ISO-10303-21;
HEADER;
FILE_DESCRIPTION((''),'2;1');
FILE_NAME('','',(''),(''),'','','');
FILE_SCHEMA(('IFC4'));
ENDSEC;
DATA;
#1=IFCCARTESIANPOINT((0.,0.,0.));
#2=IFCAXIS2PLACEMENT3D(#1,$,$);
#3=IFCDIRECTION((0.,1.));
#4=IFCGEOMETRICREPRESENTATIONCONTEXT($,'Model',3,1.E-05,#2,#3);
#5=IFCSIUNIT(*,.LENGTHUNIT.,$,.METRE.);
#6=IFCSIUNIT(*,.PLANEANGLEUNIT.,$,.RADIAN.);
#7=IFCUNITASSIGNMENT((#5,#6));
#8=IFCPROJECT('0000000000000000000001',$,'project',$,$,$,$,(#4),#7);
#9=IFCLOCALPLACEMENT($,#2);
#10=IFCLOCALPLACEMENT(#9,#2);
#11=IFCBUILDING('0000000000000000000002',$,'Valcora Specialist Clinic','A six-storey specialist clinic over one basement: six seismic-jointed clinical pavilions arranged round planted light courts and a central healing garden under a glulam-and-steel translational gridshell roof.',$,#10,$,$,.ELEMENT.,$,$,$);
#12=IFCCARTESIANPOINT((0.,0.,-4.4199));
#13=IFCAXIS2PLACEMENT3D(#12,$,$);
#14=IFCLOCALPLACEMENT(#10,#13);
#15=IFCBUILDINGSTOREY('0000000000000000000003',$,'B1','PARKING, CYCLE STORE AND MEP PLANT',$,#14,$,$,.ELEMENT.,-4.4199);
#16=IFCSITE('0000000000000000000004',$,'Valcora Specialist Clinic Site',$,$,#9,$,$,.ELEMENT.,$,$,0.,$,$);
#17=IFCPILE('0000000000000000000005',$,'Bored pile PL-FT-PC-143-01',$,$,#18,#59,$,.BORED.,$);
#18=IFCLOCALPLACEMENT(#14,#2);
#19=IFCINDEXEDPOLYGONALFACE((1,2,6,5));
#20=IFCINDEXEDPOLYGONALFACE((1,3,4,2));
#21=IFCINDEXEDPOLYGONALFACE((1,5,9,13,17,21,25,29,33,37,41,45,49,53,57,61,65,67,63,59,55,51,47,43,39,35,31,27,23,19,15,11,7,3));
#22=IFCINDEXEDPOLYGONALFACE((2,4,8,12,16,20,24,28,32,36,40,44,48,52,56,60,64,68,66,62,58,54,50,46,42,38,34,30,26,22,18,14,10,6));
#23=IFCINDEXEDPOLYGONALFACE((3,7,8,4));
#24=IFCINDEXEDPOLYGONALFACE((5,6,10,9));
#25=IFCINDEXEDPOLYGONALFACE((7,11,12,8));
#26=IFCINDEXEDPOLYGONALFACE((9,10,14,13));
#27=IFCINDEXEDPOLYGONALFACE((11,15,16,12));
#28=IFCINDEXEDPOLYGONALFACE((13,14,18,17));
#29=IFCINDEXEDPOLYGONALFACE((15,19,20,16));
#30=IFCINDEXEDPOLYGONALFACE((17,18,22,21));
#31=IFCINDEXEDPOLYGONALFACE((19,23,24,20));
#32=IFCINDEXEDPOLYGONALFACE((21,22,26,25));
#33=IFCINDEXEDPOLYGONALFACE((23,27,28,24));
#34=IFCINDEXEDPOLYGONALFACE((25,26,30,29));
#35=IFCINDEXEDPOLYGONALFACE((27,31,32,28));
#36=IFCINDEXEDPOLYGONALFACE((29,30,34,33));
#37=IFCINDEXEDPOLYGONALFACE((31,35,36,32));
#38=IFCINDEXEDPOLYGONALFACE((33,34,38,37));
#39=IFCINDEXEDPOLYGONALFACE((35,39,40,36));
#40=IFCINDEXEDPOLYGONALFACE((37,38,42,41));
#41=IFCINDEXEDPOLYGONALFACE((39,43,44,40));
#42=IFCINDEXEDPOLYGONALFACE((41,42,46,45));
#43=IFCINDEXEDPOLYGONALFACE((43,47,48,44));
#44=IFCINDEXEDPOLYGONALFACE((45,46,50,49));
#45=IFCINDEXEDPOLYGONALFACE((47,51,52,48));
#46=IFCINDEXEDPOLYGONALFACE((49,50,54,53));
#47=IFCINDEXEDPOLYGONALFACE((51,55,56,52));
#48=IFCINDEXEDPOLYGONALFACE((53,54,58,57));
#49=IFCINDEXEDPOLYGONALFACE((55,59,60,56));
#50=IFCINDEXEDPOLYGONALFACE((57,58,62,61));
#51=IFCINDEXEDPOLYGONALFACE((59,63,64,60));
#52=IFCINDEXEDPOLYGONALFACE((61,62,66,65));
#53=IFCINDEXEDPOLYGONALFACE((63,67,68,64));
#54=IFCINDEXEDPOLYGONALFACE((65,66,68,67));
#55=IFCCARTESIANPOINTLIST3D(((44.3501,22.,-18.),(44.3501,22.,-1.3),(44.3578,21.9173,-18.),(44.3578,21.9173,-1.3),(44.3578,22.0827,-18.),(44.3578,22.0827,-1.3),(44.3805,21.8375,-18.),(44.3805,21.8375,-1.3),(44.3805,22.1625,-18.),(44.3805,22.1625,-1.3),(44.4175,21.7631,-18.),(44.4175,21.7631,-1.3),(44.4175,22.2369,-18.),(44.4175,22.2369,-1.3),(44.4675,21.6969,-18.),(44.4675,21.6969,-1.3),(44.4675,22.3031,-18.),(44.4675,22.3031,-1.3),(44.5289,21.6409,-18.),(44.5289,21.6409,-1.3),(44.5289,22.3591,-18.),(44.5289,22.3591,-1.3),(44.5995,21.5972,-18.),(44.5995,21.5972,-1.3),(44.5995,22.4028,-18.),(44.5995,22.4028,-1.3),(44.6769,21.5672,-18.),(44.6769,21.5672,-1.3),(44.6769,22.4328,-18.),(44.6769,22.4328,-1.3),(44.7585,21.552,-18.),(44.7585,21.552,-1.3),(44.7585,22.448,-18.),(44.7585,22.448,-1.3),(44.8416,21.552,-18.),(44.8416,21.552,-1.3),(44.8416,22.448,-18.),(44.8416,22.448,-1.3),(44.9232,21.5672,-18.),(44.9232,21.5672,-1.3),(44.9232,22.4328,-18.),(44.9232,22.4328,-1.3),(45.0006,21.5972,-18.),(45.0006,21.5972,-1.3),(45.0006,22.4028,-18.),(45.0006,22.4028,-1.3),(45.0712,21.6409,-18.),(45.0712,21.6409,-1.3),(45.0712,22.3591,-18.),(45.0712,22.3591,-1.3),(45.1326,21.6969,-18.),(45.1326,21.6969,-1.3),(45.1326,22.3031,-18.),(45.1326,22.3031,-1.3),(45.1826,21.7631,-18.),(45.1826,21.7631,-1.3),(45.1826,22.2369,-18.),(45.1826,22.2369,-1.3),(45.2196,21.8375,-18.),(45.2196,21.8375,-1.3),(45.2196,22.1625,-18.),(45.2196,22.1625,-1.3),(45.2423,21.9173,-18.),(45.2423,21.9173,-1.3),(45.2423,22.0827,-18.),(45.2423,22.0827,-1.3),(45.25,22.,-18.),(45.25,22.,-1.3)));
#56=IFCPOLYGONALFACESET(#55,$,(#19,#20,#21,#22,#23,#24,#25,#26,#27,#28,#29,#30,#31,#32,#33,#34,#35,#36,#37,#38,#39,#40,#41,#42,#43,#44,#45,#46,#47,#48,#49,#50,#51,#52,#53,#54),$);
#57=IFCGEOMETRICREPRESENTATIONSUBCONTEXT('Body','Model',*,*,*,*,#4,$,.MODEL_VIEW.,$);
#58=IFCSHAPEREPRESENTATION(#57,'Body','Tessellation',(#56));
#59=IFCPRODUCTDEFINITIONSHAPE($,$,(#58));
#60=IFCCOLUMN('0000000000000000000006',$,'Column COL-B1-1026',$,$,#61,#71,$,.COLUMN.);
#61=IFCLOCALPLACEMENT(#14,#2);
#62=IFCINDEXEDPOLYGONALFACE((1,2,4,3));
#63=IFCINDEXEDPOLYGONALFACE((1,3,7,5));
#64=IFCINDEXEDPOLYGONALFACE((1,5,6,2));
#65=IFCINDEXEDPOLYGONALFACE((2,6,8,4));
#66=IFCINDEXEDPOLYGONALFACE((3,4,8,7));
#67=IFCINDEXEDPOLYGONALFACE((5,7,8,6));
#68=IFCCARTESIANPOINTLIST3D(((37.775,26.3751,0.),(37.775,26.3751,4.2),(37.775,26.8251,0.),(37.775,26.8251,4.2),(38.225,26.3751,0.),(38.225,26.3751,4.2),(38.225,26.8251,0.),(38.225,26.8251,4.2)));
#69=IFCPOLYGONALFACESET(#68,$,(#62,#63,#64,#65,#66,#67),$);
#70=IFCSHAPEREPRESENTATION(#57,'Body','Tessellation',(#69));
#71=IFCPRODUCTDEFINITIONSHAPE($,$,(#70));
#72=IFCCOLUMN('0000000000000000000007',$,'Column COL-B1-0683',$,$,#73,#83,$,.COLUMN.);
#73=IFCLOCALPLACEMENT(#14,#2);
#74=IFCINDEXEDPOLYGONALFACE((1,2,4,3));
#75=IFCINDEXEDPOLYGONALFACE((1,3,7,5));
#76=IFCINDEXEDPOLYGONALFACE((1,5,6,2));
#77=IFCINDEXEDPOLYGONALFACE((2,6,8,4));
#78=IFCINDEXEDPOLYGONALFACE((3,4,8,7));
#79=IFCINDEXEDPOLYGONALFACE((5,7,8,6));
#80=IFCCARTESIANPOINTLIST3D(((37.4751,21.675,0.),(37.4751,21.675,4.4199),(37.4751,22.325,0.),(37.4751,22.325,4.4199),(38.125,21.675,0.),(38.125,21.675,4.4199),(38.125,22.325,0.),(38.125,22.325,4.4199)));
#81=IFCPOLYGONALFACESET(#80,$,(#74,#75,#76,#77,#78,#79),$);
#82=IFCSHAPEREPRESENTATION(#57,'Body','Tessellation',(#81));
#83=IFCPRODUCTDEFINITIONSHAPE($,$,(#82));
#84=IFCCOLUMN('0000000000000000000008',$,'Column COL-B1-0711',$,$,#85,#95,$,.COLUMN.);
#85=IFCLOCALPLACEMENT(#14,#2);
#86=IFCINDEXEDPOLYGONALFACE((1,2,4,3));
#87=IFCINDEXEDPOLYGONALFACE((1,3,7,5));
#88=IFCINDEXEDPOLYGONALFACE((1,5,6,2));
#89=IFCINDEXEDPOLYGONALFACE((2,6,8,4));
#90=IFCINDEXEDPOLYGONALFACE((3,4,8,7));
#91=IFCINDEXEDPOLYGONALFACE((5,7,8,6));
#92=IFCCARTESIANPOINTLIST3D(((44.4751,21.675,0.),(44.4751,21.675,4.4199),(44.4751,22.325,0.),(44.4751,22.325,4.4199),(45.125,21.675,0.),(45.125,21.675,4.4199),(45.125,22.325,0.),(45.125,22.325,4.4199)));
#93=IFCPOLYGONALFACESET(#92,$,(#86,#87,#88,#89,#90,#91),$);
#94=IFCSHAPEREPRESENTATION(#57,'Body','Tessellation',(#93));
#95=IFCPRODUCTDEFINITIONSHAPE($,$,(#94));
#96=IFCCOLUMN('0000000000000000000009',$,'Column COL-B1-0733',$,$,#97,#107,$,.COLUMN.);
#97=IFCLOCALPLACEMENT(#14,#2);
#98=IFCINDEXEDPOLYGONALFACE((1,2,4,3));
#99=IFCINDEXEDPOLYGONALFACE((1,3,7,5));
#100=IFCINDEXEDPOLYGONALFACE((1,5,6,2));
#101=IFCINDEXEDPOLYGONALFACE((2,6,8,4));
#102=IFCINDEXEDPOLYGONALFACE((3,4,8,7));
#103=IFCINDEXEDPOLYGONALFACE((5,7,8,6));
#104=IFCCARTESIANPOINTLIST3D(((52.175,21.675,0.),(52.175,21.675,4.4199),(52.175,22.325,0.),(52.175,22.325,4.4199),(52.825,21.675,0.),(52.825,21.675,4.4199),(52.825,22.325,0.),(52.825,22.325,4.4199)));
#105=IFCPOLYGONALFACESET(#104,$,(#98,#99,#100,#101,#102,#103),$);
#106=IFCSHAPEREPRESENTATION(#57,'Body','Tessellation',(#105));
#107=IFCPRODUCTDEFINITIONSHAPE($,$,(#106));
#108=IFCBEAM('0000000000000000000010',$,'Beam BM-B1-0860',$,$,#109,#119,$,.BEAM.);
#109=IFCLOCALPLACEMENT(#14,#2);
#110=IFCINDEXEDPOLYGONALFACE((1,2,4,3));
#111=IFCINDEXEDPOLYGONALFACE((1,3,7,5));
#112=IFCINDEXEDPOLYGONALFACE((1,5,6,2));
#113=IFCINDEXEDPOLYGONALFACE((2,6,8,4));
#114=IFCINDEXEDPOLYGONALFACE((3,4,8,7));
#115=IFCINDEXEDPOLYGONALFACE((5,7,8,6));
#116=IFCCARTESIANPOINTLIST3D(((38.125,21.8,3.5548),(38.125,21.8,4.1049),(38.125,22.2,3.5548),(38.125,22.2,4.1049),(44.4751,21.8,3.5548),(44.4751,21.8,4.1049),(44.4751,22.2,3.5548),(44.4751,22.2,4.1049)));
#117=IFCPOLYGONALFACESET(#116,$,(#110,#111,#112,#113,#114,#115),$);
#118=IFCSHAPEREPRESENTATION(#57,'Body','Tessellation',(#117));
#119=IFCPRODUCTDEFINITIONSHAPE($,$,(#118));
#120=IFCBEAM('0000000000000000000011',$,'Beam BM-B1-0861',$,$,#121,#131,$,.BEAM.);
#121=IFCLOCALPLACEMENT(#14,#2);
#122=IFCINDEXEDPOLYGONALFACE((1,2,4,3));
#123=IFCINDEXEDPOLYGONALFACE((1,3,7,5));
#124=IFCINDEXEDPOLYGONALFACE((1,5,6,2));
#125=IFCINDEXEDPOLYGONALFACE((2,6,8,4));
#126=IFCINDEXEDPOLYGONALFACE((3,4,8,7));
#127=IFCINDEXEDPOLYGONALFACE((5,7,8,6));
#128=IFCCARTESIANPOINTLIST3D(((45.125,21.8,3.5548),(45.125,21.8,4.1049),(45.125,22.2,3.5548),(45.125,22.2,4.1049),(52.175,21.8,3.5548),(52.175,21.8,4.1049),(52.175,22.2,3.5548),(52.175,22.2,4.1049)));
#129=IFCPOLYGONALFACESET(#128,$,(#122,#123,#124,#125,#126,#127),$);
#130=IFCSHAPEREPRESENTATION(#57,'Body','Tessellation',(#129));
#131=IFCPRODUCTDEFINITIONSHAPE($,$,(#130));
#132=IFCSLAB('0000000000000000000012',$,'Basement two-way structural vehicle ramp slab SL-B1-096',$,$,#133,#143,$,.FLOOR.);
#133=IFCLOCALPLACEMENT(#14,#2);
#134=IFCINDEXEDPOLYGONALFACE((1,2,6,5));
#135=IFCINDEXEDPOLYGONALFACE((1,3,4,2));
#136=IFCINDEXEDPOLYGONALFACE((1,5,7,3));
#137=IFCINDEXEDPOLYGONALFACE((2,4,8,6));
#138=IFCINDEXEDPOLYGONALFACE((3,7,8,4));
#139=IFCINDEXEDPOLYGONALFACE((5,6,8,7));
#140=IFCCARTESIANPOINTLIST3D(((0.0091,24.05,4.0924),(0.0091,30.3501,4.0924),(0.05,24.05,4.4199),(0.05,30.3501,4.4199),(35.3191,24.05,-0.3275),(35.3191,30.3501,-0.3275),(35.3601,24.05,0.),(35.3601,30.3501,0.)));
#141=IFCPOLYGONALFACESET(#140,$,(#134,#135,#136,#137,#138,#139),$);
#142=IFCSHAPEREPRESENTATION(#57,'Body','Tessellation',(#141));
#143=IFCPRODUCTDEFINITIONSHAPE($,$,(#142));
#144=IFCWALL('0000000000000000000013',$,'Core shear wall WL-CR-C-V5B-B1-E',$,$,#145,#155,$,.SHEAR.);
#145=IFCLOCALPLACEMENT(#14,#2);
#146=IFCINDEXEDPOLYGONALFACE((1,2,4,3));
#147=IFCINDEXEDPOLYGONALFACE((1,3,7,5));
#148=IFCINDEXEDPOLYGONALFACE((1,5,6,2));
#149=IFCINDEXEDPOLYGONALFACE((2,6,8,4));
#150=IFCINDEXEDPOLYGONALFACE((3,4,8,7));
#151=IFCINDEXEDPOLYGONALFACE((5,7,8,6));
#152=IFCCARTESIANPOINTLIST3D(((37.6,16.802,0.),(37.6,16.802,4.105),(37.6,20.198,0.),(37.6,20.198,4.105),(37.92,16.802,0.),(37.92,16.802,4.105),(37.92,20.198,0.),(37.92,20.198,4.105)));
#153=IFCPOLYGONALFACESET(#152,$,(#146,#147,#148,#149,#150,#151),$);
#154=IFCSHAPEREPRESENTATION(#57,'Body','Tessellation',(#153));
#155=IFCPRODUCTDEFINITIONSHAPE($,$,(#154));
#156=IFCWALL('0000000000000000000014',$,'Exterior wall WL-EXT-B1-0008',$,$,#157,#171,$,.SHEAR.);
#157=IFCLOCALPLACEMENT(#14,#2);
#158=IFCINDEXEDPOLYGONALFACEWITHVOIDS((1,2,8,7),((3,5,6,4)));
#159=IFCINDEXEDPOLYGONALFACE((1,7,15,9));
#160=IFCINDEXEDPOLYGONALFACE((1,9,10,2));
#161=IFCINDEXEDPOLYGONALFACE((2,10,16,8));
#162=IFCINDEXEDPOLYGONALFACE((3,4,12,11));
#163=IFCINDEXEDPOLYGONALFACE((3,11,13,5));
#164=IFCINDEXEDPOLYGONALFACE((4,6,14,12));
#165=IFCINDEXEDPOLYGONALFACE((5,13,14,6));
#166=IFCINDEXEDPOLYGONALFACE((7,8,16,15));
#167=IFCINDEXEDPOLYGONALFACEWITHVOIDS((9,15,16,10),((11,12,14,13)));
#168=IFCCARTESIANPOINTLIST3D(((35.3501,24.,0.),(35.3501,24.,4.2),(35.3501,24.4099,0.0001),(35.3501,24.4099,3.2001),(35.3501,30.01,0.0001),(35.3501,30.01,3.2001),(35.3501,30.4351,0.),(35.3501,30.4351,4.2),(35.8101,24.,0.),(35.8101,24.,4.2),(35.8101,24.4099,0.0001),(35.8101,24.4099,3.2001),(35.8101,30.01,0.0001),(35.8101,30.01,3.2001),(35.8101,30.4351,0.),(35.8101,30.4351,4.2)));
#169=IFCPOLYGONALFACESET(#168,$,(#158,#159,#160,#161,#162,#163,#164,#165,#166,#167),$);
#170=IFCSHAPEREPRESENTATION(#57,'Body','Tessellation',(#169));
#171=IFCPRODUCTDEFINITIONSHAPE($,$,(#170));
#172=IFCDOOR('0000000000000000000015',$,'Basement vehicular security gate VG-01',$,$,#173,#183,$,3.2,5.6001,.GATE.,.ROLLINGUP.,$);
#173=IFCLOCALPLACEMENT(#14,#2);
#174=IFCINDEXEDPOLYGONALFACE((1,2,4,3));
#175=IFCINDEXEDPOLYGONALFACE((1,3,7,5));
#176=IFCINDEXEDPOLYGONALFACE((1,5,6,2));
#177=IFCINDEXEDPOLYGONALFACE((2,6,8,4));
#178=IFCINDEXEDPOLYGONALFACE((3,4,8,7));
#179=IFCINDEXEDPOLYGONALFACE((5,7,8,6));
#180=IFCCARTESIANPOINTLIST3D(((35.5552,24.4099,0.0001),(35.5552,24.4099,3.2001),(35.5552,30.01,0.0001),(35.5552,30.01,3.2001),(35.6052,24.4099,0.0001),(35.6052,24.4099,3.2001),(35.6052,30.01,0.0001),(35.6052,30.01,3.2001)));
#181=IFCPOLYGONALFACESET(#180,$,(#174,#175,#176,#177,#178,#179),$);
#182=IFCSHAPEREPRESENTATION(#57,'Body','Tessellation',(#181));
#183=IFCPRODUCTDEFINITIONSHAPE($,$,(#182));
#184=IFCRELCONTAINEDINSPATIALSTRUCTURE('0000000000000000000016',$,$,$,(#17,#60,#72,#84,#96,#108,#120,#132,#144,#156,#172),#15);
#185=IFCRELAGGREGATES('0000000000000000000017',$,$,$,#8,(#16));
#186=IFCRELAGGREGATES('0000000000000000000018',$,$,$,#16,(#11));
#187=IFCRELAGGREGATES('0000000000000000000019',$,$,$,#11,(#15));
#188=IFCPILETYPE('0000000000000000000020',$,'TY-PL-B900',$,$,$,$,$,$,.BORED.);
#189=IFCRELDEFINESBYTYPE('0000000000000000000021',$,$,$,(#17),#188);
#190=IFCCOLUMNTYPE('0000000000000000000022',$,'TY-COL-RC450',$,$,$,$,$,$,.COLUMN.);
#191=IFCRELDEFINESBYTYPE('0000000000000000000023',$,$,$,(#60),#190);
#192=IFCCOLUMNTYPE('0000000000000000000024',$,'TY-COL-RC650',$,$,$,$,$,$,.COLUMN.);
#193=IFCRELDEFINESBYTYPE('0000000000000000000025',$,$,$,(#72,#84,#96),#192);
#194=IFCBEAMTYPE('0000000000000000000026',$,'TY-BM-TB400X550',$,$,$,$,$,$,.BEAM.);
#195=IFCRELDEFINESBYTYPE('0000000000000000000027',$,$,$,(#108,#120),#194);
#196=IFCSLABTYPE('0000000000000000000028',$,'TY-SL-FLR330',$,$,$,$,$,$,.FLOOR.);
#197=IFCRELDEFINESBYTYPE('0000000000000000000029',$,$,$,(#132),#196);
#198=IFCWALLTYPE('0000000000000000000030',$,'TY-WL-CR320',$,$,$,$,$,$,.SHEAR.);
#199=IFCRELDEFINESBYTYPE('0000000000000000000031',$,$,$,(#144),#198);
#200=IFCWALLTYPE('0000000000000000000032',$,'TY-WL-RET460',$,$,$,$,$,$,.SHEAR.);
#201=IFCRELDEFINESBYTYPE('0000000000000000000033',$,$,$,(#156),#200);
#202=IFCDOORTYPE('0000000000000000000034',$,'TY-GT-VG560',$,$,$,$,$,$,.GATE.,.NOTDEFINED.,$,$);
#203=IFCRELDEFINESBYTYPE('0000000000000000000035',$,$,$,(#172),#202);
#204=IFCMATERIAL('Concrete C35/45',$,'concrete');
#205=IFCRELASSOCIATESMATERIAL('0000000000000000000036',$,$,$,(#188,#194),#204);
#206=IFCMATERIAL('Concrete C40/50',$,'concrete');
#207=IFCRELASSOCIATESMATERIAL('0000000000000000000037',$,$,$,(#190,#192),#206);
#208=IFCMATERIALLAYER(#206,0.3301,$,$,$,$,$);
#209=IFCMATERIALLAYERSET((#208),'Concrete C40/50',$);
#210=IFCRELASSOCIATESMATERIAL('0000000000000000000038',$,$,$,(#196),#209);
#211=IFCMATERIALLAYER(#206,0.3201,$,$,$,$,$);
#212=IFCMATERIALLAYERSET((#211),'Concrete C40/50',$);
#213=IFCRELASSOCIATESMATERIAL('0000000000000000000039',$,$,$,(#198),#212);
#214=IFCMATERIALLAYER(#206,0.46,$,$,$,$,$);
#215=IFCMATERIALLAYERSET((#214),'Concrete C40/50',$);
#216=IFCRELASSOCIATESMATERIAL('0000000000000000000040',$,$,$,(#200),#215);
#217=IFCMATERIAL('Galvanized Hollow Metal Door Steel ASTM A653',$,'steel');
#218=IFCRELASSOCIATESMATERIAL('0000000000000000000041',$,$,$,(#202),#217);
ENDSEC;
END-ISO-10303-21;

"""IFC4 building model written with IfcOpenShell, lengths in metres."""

from ifc_helpers import new_model, si_unit, direction, frame, frame_2d, origin, origin_2d, place, context, subcontext, project, spatial, polyline, rectangle, circle, outline, extrude, material, layer, layer_set, material_profile, profile_set, type_object, element, fill, save


model = new_model("IFC4")

# Units and contexts
model_context = context("Model", 3, precision=1e-05, world=origin(), true_north=direction((0.0, 1.0)))
body_context = subcontext(model_context, "Body", "Model", "MODEL_VIEW")
ifc_project = project(units=[si_unit("LENGTHUNIT", "METRE"), si_unit("PLANEANGLEUNIT", "RADIAN")], contexts=[model_context])

# Site, building, storey
site_placement = place(None, origin())
site = spatial("IfcSite", under=ifc_project, at=site_placement, Name="Valcora Specialist Clinic Site", CompositionType="ELEMENT", RefElevation=0.0)
building_placement = place(site_placement, origin())
building = spatial("IfcBuilding", under=site, at=building_placement, Name="Valcora Specialist Clinic", Description="A six-storey specialist clinic over one basement: six seismic-jointed clinical pavilions arranged round planted light courts and a central healing garden under a glulam-and-steel translational gridshell roof.", CompositionType="ELEMENT")
storey_placement = place(building_placement, frame((0.0, 0.0, -4.4199)))
storey = spatial("IfcBuildingStorey", under=building, at=storey_placement, Name="B1", Description="PARKING, CYCLE STORE AND MEP PLANT", CompositionType="ELEMENT", Elevation=-4.4199)

# Shared definitions
ifc_material_1 = material(Name="Concrete C35/45", Category="concrete")

# Pile
ifc_material_profile_1 = material_profile(ifc_material_1, circle(Radius=0.45, at=origin_2d()), Name="RC-PIL-D900")
ifc_profile_set_1 = profile_set([ifc_material_profile_1], Name="Concrete C35/45")
pile_type_1 = type_object("IfcPileType", Name="TY-PL-B900", PredefinedType="BORED", material=ifc_profile_set_1)
for number, where, z_axis, x_axis, name in (
    (1, (44.8, 22.0, -1.3), (0.0, 0.0, -1.0), (1.0, 0.0, 0.0), "Bored pile PL-FT-PC-143-01"),
):
    element("IfcPile", number, at=place(storey_placement, frame(where, z_axis=z_axis, x_axis=x_axis)), inside=storey, type_object=pile_type_1, Name=name, PredefinedType="BORED", context=body_context, shape_type="SweptSolid", body=[
        extrude(circle(Radius=0.45, at=origin_2d()), origin(), (0.0, 0.0, 1.0), 16.7),
    ])

# Columns
ifc_material_2 = material(Name="Concrete C40/50", Category="concrete")
ifc_material_profile_2 = material_profile(ifc_material_2, rectangle(XDim=0.45, YDim=0.45, at=origin_2d()), Name="RC-COL-450X450")
ifc_profile_set_2 = profile_set([ifc_material_profile_2], Name="Concrete C40/50")
column_type_1 = type_object("IfcColumnType", Name="TY-COL-RC450", PredefinedType="COLUMN", material=ifc_profile_set_2)
column_placement = place(storey_placement, frame((38.0, 26.6001, 0.0), z_axis=(0.0, 0.0, 1.0), x_axis=(1.0, 0.0, 0.0)))
element("IfcColumn", 2, at=column_placement, inside=storey, type_object=column_type_1, Name="Column COL-B1-1026", PredefinedType="COLUMN", context=body_context, shape_type="SweptSolid", body=[
    extrude(rectangle(XDim=0.45, YDim=0.45, at=origin_2d()), origin(), (0.0, 0.0, 1.0), 4.2),
])
ifc_material_profile_3 = material_profile(ifc_material_2, rectangle(XDim=0.6499, YDim=0.6499, at=origin_2d()), Name="RC-COL-650X650")
ifc_profile_set_3 = profile_set([ifc_material_profile_3], Name="Concrete C40/50")
column_type_2 = type_object("IfcColumnType", Name="TY-COL-RC650", PredefinedType="COLUMN", material=ifc_profile_set_3)
for number, where, z_axis, x_axis, name in (
    (3, (37.8, 22.0, 0.0), (0.0, 0.0, 1.0), (1.0, 0.0, 0.0), "Column COL-B1-0683"),
    (4, (44.8, 22.0, 0.0), (0.0, 0.0, 1.0), (1.0, 0.0, 0.0), "Column COL-B1-0711"),
    (5, (52.5, 22.0, 0.0), (0.0, 0.0, 1.0), (1.0, 0.0, 0.0), "Column COL-B1-0733"),
):
    element("IfcColumn", number, at=place(storey_placement, frame(where, z_axis=z_axis, x_axis=x_axis)), inside=storey, type_object=column_type_2, Name=name, PredefinedType="COLUMN", context=body_context, shape_type="SweptSolid", body=[
        extrude(rectangle(XDim=0.6499, YDim=0.6499, at=origin_2d()), origin(), (0.0, 0.0, 1.0), 4.4199),
    ])

# Beams
ifc_material_profile_4 = material_profile(ifc_material_1, rectangle(XDim=0.3999, YDim=0.55, at=origin_2d()), Name="RC-TB-400X550")
ifc_profile_set_4 = profile_set([ifc_material_profile_4], Name="Concrete C35/45")
beam_type = type_object("IfcBeamType", Name="TY-BM-TB400X550", PredefinedType="BEAM", material=ifc_profile_set_4)
beam_1_placement = place(storey_placement, frame((38.125, 22.0, 3.8298), z_axis=(1.0, 0.0, 0.0), x_axis=(0.0, 1.0, 0.0)))
element("IfcBeam", 6, at=beam_1_placement, inside=storey, type_object=beam_type, Name="Beam BM-B1-0860", PredefinedType="BEAM", context=body_context, shape_type="SweptSolid", body=[
    extrude(rectangle(XDim=0.3999, YDim=0.55, at=origin_2d()), origin(), (0.0, 0.0, 1.0), 6.3501),
])
beam_2_placement = place(storey_placement, frame((45.125, 22.0, 3.8298), z_axis=(1.0, 0.0, 0.0), x_axis=(0.0, 1.0, 0.0)))
element("IfcBeam", 7, at=beam_2_placement, inside=storey, type_object=beam_type, Name="Beam BM-B1-0861", PredefinedType="BEAM", context=body_context, shape_type="SweptSolid", body=[
    extrude(rectangle(XDim=0.3999, YDim=0.55, at=origin_2d()), origin(), (0.0, 0.0, 1.0), 7.05),
])

# Slab
ifc_layer_1 = layer(ifc_material_2, 0.3301)
ifc_layer_set_1 = layer_set([ifc_layer_1], Name="Concrete C40/50")
slab_type = type_object("IfcSlabType", Name="TY-SL-FLR330", PredefinedType="FLOOR", material=ifc_layer_set_1)
slab_placement = place(storey_placement, frame((35.3601, 24.05, 0.0), z_axis=(0.124205, 0.0, 0.992257), x_axis=(-0.992257, 0.0, 0.124205)))
element("IfcSlab", 8, at=slab_placement, inside=storey, type_object=slab_type, Name="Basement two-way structural vehicle ramp slab SL-B1-096", PredefinedType="FLOOR", context=body_context, shape_type="SweptSolid", body=[
    extrude(outline(polyline([(0.0, 0.0), (35.5856, 0.0), (35.5856, -6.3), (0.0, -6.3), (0.0, 0.0)])), origin(), (0.0, 0.0, -1.0), 0.3301),
])

# Wall
ifc_layer_2 = layer(ifc_material_2, 0.3201)
ifc_layer_set_2 = layer_set([ifc_layer_2], Name="Concrete C40/50")
wall_type_1 = type_object("IfcWallType", Name="TY-WL-CR320", PredefinedType="SHEAR", material=ifc_layer_set_2)
wall_1_placement = place(storey_placement, frame((37.76, 16.802, 0.0), z_axis=(0.0, 0.0, 1.0), x_axis=(0.0, 1.0, 0.0)))
element("IfcWall", 9, at=wall_1_placement, inside=storey, type_object=wall_type_1, Name="Core shear wall WL-CR-C-V5B-B1-E", PredefinedType="SHEAR", context=body_context, shape_type="SweptSolid", body=[
    extrude(rectangle(XDim=3.396, YDim=0.3201, at=frame_2d((1.698, 0.0))), origin(), (0.0, 0.0, 1.0), 4.105),
])

# Wall, opening, door
ifc_layer_3 = layer(ifc_material_2, 0.46)
ifc_layer_set_3 = layer_set([ifc_layer_3], Name="Concrete C40/50")
wall_type_2 = type_object("IfcWallType", Name="TY-WL-RET460", PredefinedType="SHEAR", material=ifc_layer_set_3)
wall_2_placement = place(storey_placement, frame((35.5801, 24.0, 0.0), z_axis=(0.0, 0.0, 1.0), x_axis=(0.0, 1.0, 0.0)))
wall_2 = element("IfcWall", 10, at=wall_2_placement, inside=storey, type_object=wall_type_2, Name="Exterior wall WL-EXT-B1-0008", PredefinedType="SHEAR", context=body_context, shape_type="SweptSolid", body=[
    extrude(rectangle(XDim=6.4351, YDim=0.46, at=frame_2d((3.2175, 0.0))), origin(), (0.0, 0.0, 1.0), 4.2),
])
opening_1_placement = place(wall_2_placement, frame((0.4099, 0.0, 0.0)))
opening_1 = element("IfcOpeningElement", 11, at=opening_1_placement, cuts=wall_2, PredefinedType="OPENING", context=body_context, shape_type="SweptSolid", body=[
    extrude(rectangle(XDim=5.6001, YDim=3.2, at=frame_2d((2.8, 1.6001))), frame((0.0, 0.24, 0.0), z_axis=(0.0, -1.0, 0.0), x_axis=(1.0, 0.0, 0.0)), (0.0, 0.0, 1.0), 0.48),
])
ifc_material_3 = material(Name="Galvanized Hollow Metal Door Steel ASTM A653", Category="steel")
door_type_1 = type_object("IfcDoorType", Name="TY-GT-VG560", OperationType="NOTDEFINED", PredefinedType="GATE", material=ifc_material_3)
door_1_placement = place(opening_1_placement, origin())
door_1 = element("IfcDoor", 12, at=door_1_placement, inside=storey, type_object=door_type_1, Name="Basement vehicular security gate VG-01", OperationType="ROLLINGUP", OverallHeight=3.2, OverallWidth=5.6001, PredefinedType="GATE", context=body_context, shape_type="SweptSolid", body=[
    extrude(rectangle(XDim=5.6001, YDim=3.2, at=frame_2d((2.8, 1.6001))), frame((0.0, 0.0249, 0.0), z_axis=(0.0, -1.0, 0.0), x_axis=(1.0, 0.0, 0.0)), (0.0, 0.0, 1.0), 0.05),
])
fill(opening_1, door_1)

save(model, "model.ifc")
